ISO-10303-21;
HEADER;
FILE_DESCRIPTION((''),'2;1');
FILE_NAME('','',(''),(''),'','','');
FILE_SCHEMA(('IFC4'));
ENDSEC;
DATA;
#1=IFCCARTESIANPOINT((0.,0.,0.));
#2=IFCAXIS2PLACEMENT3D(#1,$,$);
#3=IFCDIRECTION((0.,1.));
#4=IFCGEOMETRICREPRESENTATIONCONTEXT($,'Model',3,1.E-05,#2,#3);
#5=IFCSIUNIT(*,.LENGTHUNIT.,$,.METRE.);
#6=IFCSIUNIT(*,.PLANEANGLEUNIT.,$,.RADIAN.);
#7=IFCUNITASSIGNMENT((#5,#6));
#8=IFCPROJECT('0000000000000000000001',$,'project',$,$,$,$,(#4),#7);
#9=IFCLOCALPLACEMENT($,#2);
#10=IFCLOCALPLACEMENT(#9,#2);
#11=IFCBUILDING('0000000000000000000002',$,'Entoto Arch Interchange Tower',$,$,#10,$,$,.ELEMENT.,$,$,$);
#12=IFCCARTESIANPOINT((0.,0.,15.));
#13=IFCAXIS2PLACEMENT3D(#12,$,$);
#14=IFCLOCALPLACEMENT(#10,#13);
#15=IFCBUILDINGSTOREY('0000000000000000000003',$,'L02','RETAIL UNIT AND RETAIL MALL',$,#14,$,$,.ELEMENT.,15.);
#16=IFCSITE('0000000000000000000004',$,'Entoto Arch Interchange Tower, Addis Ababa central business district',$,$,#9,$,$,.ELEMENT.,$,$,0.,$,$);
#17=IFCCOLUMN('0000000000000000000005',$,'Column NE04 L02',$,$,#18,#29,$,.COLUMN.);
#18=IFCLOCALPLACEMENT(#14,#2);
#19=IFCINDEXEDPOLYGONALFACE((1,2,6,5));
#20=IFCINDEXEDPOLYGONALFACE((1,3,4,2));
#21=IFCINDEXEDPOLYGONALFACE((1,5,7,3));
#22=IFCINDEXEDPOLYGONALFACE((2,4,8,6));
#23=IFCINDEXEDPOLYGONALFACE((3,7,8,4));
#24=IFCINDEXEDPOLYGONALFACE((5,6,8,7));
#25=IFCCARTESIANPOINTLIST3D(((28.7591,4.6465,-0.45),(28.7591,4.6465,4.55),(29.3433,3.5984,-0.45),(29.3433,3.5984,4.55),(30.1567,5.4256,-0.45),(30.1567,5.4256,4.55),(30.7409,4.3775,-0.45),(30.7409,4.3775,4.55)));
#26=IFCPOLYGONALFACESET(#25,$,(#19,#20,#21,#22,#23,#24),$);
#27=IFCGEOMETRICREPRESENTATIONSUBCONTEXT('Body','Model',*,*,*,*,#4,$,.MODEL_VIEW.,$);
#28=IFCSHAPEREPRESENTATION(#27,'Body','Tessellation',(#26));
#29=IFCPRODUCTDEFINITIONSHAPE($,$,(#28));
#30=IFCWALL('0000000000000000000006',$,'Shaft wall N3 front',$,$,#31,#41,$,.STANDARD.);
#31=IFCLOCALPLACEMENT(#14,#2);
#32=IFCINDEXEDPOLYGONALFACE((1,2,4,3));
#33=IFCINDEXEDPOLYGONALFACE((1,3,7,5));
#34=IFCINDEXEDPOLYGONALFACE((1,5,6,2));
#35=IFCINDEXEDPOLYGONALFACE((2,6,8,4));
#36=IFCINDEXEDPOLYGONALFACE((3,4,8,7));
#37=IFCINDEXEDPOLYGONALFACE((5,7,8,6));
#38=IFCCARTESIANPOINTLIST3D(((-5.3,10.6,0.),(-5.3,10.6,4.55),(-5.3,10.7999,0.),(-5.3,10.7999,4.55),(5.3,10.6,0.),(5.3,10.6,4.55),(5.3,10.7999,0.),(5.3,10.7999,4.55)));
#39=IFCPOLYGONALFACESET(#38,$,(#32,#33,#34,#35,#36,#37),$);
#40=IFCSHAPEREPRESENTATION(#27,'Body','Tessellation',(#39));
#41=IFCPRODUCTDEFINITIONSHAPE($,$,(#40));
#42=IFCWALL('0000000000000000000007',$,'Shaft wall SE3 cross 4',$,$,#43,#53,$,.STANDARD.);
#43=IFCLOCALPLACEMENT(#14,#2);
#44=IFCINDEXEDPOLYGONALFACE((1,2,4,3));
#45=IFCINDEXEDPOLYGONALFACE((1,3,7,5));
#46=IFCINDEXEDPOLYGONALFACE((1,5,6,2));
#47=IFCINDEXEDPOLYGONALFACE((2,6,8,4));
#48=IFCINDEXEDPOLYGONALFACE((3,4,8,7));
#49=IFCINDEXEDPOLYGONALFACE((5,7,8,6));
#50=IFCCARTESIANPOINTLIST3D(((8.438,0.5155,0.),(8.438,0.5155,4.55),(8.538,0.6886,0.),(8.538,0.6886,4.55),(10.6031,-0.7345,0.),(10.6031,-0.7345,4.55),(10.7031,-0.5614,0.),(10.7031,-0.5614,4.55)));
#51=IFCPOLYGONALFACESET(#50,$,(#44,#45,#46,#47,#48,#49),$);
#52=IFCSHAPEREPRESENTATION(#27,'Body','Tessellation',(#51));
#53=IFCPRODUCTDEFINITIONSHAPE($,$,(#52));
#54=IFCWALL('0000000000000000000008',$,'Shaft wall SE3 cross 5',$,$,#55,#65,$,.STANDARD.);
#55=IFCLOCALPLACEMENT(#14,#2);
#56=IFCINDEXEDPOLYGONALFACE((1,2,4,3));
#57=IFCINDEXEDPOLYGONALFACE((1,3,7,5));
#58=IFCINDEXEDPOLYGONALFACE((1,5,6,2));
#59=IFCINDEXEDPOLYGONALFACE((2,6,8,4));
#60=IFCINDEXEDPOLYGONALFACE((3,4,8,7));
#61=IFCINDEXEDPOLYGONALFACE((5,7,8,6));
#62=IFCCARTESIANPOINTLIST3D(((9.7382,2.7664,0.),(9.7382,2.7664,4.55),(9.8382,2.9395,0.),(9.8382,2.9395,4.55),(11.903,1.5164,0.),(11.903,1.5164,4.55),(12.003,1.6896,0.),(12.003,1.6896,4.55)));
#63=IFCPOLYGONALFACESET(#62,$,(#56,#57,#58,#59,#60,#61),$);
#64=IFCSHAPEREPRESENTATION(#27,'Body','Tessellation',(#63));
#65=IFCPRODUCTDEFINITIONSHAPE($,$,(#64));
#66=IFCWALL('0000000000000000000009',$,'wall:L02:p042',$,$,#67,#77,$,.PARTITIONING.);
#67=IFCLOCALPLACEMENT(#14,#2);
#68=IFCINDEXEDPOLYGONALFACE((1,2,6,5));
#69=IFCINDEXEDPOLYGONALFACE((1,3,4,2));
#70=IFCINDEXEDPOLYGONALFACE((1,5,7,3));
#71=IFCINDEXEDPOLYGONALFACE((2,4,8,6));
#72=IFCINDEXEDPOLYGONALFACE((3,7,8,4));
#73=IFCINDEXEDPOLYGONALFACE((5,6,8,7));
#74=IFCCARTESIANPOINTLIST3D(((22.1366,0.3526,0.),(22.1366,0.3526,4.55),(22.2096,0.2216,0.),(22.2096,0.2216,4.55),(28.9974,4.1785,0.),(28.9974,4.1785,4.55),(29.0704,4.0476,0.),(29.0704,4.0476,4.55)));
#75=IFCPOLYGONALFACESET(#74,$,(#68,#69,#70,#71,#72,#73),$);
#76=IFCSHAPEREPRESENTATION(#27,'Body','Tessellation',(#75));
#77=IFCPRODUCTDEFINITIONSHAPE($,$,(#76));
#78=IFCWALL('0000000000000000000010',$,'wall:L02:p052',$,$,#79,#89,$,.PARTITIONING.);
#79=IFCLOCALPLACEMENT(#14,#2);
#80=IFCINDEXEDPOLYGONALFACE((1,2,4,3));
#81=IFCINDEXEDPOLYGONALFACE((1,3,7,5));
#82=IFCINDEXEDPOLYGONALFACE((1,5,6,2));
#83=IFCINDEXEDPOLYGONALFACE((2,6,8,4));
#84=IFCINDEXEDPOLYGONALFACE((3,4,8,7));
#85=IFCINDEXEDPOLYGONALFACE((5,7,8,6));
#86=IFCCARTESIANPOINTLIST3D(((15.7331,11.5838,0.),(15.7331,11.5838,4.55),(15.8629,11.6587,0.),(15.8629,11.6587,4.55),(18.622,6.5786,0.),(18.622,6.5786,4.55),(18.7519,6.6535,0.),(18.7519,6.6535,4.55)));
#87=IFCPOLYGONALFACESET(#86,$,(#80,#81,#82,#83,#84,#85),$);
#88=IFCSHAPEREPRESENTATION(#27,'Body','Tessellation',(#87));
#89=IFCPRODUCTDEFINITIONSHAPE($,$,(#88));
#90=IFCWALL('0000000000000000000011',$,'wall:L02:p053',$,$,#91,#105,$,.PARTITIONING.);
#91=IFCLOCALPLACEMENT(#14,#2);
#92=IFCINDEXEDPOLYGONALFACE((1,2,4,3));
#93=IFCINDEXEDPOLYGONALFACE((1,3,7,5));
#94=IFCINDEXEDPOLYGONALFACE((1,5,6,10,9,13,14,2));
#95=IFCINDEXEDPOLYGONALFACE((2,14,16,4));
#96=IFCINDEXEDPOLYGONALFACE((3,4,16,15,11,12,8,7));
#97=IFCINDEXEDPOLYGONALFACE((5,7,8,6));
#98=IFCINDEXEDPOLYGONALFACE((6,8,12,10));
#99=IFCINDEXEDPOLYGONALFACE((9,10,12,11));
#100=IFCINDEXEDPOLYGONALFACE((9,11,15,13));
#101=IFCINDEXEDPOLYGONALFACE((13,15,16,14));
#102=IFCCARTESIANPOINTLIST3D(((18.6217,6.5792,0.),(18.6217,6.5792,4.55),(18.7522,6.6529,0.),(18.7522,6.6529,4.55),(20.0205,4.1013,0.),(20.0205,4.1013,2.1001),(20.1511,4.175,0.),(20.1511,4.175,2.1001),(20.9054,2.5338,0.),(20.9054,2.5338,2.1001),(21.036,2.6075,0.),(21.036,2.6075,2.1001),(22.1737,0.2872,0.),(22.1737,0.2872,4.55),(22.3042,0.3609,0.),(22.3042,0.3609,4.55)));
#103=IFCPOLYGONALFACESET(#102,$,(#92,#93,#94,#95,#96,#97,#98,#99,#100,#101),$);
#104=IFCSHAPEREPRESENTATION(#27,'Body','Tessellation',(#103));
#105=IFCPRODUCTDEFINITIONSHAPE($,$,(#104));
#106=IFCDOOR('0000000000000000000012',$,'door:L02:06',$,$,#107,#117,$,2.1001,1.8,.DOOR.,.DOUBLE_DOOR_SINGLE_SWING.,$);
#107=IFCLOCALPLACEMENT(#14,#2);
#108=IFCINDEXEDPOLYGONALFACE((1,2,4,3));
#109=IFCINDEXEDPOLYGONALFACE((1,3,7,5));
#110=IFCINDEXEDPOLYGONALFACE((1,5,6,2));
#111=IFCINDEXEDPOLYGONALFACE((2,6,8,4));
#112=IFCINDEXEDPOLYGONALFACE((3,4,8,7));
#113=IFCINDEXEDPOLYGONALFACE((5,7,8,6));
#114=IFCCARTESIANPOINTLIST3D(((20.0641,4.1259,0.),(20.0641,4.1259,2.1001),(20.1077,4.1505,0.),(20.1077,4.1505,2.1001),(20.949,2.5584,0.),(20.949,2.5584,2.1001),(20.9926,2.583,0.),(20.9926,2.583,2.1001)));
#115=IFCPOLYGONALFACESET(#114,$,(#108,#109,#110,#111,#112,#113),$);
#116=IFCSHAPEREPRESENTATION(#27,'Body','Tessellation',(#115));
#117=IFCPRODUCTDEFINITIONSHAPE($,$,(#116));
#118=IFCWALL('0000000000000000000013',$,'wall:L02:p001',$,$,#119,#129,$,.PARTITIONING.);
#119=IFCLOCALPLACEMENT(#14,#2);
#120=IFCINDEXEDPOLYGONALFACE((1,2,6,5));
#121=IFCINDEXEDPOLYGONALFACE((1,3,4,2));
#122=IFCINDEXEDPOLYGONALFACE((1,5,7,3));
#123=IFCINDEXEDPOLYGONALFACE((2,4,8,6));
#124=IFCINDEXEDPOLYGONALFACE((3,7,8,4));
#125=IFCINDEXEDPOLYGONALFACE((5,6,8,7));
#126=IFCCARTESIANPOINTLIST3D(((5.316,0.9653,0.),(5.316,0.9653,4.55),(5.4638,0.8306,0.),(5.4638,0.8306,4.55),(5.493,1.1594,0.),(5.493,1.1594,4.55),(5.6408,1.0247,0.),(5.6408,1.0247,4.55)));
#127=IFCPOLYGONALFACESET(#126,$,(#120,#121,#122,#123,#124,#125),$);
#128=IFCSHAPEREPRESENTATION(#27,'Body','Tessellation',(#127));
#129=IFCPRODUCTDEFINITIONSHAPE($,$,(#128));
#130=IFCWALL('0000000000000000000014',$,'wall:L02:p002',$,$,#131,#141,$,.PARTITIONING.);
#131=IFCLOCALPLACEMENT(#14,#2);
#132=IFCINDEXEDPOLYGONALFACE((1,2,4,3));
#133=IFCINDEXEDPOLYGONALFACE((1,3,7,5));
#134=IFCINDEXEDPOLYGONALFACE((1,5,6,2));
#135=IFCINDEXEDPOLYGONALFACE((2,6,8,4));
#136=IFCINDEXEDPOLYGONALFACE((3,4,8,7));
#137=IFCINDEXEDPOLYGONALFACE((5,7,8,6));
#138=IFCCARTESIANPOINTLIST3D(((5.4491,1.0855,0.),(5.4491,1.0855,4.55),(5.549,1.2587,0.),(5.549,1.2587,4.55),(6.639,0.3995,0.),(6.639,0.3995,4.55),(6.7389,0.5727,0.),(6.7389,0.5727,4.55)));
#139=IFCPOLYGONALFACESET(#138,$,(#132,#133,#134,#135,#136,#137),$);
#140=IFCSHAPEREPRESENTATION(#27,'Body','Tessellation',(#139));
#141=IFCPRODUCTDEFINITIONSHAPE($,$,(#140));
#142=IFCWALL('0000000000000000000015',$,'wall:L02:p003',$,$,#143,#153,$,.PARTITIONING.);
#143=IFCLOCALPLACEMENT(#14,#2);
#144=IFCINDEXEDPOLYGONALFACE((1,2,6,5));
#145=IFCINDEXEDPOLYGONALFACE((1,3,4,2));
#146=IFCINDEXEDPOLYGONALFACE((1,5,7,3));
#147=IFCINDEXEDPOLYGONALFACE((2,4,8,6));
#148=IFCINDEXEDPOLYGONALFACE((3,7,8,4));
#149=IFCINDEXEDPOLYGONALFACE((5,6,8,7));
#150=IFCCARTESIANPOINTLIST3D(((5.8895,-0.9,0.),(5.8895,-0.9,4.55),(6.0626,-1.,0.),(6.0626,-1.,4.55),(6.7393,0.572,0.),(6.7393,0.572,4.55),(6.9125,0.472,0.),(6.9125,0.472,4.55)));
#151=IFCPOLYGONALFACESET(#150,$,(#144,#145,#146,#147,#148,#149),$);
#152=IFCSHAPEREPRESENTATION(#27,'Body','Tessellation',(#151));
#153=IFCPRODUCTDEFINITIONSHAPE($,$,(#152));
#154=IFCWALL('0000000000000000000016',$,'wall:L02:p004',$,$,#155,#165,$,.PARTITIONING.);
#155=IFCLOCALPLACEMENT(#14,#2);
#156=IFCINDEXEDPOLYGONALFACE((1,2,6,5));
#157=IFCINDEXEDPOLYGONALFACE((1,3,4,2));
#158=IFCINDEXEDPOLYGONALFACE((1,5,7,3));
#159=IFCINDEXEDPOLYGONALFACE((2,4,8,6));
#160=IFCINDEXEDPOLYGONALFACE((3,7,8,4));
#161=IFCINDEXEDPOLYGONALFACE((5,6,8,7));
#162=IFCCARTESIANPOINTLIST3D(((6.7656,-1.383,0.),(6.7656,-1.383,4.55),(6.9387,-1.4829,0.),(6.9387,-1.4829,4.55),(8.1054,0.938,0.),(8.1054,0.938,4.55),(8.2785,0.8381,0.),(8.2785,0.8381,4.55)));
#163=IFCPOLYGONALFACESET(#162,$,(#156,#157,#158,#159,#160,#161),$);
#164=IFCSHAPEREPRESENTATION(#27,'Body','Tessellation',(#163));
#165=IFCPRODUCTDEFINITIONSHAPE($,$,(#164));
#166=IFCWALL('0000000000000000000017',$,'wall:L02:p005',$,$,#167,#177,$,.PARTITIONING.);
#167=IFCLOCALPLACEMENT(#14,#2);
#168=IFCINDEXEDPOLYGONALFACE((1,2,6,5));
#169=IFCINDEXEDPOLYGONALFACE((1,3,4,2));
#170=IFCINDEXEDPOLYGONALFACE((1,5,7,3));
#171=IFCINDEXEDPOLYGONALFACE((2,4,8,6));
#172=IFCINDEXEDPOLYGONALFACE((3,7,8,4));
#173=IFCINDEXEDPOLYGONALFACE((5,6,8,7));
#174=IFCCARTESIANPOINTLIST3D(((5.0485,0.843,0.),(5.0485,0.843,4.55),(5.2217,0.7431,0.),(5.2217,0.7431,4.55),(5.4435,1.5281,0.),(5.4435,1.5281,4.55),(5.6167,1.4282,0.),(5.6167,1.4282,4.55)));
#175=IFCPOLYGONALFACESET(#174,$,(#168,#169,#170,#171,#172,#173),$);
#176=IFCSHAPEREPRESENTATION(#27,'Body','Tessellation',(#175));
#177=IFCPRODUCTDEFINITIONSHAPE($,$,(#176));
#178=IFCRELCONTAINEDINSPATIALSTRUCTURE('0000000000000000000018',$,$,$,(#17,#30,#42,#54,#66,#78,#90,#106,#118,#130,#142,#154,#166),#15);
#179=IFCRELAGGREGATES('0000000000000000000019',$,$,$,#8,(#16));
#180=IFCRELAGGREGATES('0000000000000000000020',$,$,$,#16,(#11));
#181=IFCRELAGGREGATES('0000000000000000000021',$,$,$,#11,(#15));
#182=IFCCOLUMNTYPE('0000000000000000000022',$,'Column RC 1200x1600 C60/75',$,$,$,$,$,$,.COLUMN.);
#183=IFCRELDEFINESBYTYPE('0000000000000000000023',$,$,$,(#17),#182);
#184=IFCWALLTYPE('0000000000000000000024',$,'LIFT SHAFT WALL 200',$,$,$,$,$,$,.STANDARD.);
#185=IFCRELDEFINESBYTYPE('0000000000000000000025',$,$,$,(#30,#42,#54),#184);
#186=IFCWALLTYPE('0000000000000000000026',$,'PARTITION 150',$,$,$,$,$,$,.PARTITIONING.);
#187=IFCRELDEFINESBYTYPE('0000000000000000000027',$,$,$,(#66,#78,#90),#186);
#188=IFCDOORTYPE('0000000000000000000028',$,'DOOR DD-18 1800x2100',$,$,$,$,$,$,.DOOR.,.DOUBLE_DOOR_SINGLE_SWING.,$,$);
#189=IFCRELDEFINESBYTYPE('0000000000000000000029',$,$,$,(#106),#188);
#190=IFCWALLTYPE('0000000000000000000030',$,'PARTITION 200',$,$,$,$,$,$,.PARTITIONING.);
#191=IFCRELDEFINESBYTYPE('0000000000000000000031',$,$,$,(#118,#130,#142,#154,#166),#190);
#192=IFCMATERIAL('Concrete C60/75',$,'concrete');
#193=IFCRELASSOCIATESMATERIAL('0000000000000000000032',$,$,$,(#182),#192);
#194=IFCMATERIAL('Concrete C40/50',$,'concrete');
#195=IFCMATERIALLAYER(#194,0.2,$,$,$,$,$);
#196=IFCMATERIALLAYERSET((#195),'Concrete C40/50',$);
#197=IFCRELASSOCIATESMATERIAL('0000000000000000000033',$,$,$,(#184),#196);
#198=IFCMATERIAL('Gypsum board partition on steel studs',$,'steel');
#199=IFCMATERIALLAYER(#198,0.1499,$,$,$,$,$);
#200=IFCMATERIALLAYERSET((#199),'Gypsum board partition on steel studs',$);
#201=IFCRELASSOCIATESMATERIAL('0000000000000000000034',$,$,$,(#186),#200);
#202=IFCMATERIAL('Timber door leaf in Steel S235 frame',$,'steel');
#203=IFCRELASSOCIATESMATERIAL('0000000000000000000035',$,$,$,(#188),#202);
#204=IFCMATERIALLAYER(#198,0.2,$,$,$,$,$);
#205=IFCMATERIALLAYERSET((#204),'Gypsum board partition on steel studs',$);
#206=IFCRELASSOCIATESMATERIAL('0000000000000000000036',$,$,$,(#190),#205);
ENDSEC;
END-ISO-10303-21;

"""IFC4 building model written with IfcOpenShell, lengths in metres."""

from ifc_helpers import new_model, si_unit, direction, frame, frame_2d, origin, origin_2d, place, context, subcontext, project, spatial, rectangle, extrude, material, layer, layer_set, material_profile, profile_set, type_object, element, fill, save


model = new_model("IFC4")

# Units and contexts
model_context = context("Model", 3, precision=1e-05, world=origin(), true_north=direction((0.0, 1.0)))
body_context = subcontext(model_context, "Body", "Model", "MODEL_VIEW")
ifc_project = project(units=[si_unit("LENGTHUNIT", "METRE"), si_unit("PLANEANGLEUNIT", "RADIAN")], contexts=[model_context])

# Site, building, storey
site_placement = place(None, origin())
site = spatial("IfcSite", under=ifc_project, at=site_placement, Name="Entoto Arch Interchange Tower, Addis Ababa central business district", CompositionType="ELEMENT", RefElevation=0.0)
building_placement = place(site_placement, origin())
building = spatial("IfcBuilding", under=site, at=building_placement, Name="Entoto Arch Interchange Tower", CompositionType="ELEMENT")
storey_placement = place(building_placement, frame((0.0, 0.0, 15.0)))
storey = spatial("IfcBuildingStorey", under=building, at=storey_placement, Name="L02", Description="RETAIL UNIT AND RETAIL MALL", CompositionType="ELEMENT", Elevation=15.0)

# Column
ifc_material_1 = material(Name="Concrete C60/75", Category="concrete")
ifc_material_profile = material_profile(ifc_material_1, rectangle(XDim=1.2, YDim=1.6001, at=origin_2d()))
ifc_profile_set = profile_set([ifc_material_profile], Name="Concrete C60/75")
column_type = type_object("IfcColumnType", Name="Column RC 1200x1600 C60/75", PredefinedType="COLUMN", material=ifc_profile_set)
column_placement = place(storey_placement, frame((29.75, 4.512, -0.45), z_axis=(0.0, 0.0, 1.0), x_axis=(-0.486915, 0.873449, 0.0)))
element("IfcColumn", 1, at=column_placement, inside=storey, type_object=column_type, Name="Column NE04 L02", PredefinedType="COLUMN", context=body_context, shape_type="SweptSolid", body=[
    extrude(rectangle(XDim=1.2, YDim=1.6001, at=origin_2d()), origin(), (0.0, 0.0, 1.0), 5.0),
])

# Walls
ifc_material_2 = material(Name="Concrete C40/50", Category="concrete")
ifc_layer_1 = layer(ifc_material_2, 0.2)
ifc_layer_set_1 = layer_set([ifc_layer_1], Name="Concrete C40/50")
wall_type_1 = type_object("IfcWallType", Name="LIFT SHAFT WALL 200", PredefinedType="STANDARD", material=ifc_layer_set_1)
wall_1_placement = place(storey_placement, frame((5.3, 10.7, 0.0), z_axis=(0.0, 0.0, 1.0), x_axis=(-1.0, 0.0, 0.0)))
element("IfcWall", 2, at=wall_1_placement, inside=storey, type_object=wall_type_1, Name="Shaft wall N3 front", PredefinedType="STANDARD", context=body_context, shape_type="SweptSolid", body=[
    extrude(rectangle(XDim=10.6001, YDim=0.2, at=frame_2d((5.3, 0.0))), origin(), (0.0, 0.0, 1.0), 4.55),
])
wall_2_placement = place(storey_placement, frame((8.488, 0.6021, 0.0), z_axis=(0.0, 0.0, 1.0), x_axis=(0.866023, -0.500004, 0.0)))
element("IfcWall", 3, at=wall_2_placement, inside=storey, type_object=wall_type_1, Name="Shaft wall SE3 cross 4", PredefinedType="STANDARD", context=body_context, shape_type="SweptSolid", body=[
    extrude(rectangle(XDim=2.5, YDim=0.2, at=frame_2d((1.25, 0.0))), origin(), (0.0, 0.0, 1.0), 4.55),
])
wall_3_placement = place(storey_placement, frame((9.7881, 2.853, 0.0), z_axis=(0.0, 0.0, 1.0), x_axis=(0.865999, -0.500047, 0.0)))
element("IfcWall", 4, at=wall_3_placement, inside=storey, type_object=wall_type_1, Name="Shaft wall SE3 cross 5", PredefinedType="STANDARD", context=body_context, shape_type="SweptSolid", body=[
    extrude(rectangle(XDim=2.4998, YDim=0.2, at=frame_2d((1.25, 0.0))), origin(), (0.0, 0.0, 1.0), 4.55),
])
ifc_material_3 = material(Name="Gypsum board partition on steel studs", Category="steel")
ifc_layer_2 = layer(ifc_material_3, 0.1499)
ifc_layer_set_2 = layer_set([ifc_layer_2], Name="Gypsum board partition on steel studs")
wall_type_2 = type_object("IfcWallType", Name="PARTITION 150", PredefinedType="PARTITIONING", material=ifc_layer_set_2)
wall_4_placement = place(storey_placement, frame((22.1731, 0.2871, 0.0), z_axis=(0.0, 0.0, 1.0), x_axis=(0.873381, 0.487038, 0.0)))
element("IfcWall", 5, at=wall_4_placement, inside=storey, type_object=wall_type_2, Name="wall:L02:p042", PredefinedType="PARTITIONING", context=body_context, shape_type="SweptSolid", body=[
    extrude(rectangle(XDim=7.8555, YDim=0.1499, at=frame_2d((3.9277, 0.0))), origin(), (0.0, 0.0, 1.0), 4.55),
])
wall_5_placement = place(storey_placement, frame((18.687, 6.616, 0.0), z_axis=(0.0, 0.0, 1.0), x_axis=(-0.499897, 0.866085, 0.0)))
element("IfcWall", 6, at=wall_5_placement, inside=storey, type_object=wall_type_2, Name="wall:L02:p052", PredefinedType="PARTITIONING", context=body_context, shape_type="SweptSolid", body=[
    extrude(rectangle(XDim=5.7791, YDim=0.1499, at=frame_2d((2.8896, 0.0))), origin(), (0.0, 0.0, 1.0), 4.55),
])

# Wall, opening, door
wall_6_placement = place(storey_placement, frame((22.239, 0.324, 0.0), z_axis=(0.0, 0.0, 1.0), x_axis=(-0.491602, 0.87082, 0.0)))
wall_6 = element("IfcWall", 7, at=wall_6_placement, inside=storey, type_object=wall_type_2, Name="wall:L02:p053", PredefinedType="PARTITIONING", context=body_context, shape_type="SweptSolid", body=[
    extrude(rectangle(XDim=7.2253, YDim=0.1499, at=frame_2d((3.6128, 0.0))), origin(), (0.0, 0.0, 1.0), 4.55),
])
opening_1_placement = place(wall_6_placement, frame((2.5801, 0.0, 0.0)))
opening_1 = element("IfcOpeningElement", 8, at=opening_1_placement, cuts=wall_6, PredefinedType="OPENING", context=body_context, shape_type="SweptSolid", body=[
    extrude(rectangle(XDim=1.8, YDim=2.1001, at=frame_2d((0.8999, 1.05))), frame((0.0, 0.085, 0.0), z_axis=(0.0, -1.0, 0.0), x_axis=(1.0, 0.0, 0.0)), (0.0, 0.0, 1.0), 0.1699),
])
ifc_material_4 = material(Name="Timber door leaf in Steel S235 frame", Category="steel")
door_type_1 = type_object("IfcDoorType", Name="DOOR DD-18 1800x2100", OperationType="DOUBLE_DOOR_SINGLE_SWING", PredefinedType="DOOR", material=ifc_material_4)
door_1_placement = place(opening_1_placement, origin())
door_1 = element("IfcDoor", 9, at=door_1_placement, inside=storey, type_object=door_type_1, Name="door:L02:06", OperationType="DOUBLE_DOOR_SINGLE_SWING", OverallHeight=2.1001, OverallWidth=1.8, PredefinedType="DOOR", context=body_context, shape_type="SweptSolid", body=[
    extrude(rectangle(XDim=1.8, YDim=2.1001, at=frame_2d((0.8999, 1.05))), frame((0.0, 0.0249, 0.0), z_axis=(0.0, -1.0, 0.0), x_axis=(1.0, 0.0, 0.0)), (0.0, 0.0, 1.0), 0.05),
])
fill(opening_1, door_1)

# Walls
ifc_layer_3 = layer(ifc_material_3, 0.2)
ifc_layer_set_3 = layer_set([ifc_layer_3], Name="Gypsum board partition on steel studs")
wall_type_3 = type_object("IfcWallType", Name="PARTITION 200", PredefinedType="PARTITIONING", material=ifc_layer_set_3)
wall_7_placement = place(storey_placement, frame((5.3899, 0.8979, 0.0), z_axis=(0.0, 0.0, 1.0), x_axis=(0.673828, 0.738888, 0.0)))
element("IfcWall", 10, at=wall_7_placement, inside=storey, type_object=wall_type_3, Name="wall:L02:p001", PredefinedType="PARTITIONING", context=body_context, shape_type="SweptSolid", body=[
    extrude(rectangle(XDim=0.2627, YDim=0.2, at=frame_2d((0.1313, 0.0))), origin(), (0.0, 0.0, 1.0), 4.55),
])
wall_8_placement = place(storey_placement, frame((5.499, 1.1721, 0.0), z_axis=(0.0, 0.0, 1.0), x_axis=(0.866334, -0.499466, 0.0)))
element("IfcWall", 11, at=wall_8_placement, inside=storey, type_object=wall_type_3, Name="wall:L02:p002", PredefinedType="PARTITIONING", context=body_context, shape_type="SweptSolid", body=[
    extrude(rectangle(XDim=1.3735, YDim=0.2, at=frame_2d((0.6868, 0.0))), origin(), (0.0, 0.0, 1.0), 4.55),
])
wall_9_placement = place(storey_placement, frame((6.8259, 0.522, 0.0), z_axis=(0.0, 0.0, 1.0), x_axis=(-0.500017, -0.866016, 0.0)))
element("IfcWall", 12, at=wall_9_placement, inside=storey, type_object=wall_type_3, Name="wall:L02:p003", PredefinedType="PARTITIONING", context=body_context, shape_type="SweptSolid", body=[
    extrude(rectangle(XDim=1.6997, YDim=0.2, at=frame_2d((0.8499, 0.0))), origin(), (0.0, 0.0, 1.0), 4.55),
])
wall_10_placement = place(storey_placement, frame((8.1919, 0.8879, 0.0), z_axis=(0.0, 0.0, 1.0), x_axis=(-0.499941, -0.86606, 0.0)))
element("IfcWall", 13, at=wall_10_placement, inside=storey, type_object=wall_type_3, Name="wall:L02:p004", PredefinedType="PARTITIONING", context=body_context, shape_type="SweptSolid", body=[
    extrude(rectangle(XDim=2.6799, YDim=0.2, at=frame_2d((1.3398, 0.0))), origin(), (0.0, 0.0, 1.0), 4.55),
])
wall_11_placement = place(storey_placement, frame((5.135, 0.793, 0.0), z_axis=(0.0, 0.0, 1.0), x_axis=(0.499526, 0.866299, 0.0)))
element("IfcWall", 14, at=wall_11_placement, inside=storey, type_object=wall_type_3, Name="wall:L02:p005", PredefinedType="PARTITIONING", context=body_context, shape_type="SweptSolid", body=[
    extrude(rectangle(XDim=0.7908, YDim=0.2, at=frame_2d((0.3955, 0.0))), origin(), (0.0, 0.0, 1.0), 4.55),
])

save(model, "model.ifc")
